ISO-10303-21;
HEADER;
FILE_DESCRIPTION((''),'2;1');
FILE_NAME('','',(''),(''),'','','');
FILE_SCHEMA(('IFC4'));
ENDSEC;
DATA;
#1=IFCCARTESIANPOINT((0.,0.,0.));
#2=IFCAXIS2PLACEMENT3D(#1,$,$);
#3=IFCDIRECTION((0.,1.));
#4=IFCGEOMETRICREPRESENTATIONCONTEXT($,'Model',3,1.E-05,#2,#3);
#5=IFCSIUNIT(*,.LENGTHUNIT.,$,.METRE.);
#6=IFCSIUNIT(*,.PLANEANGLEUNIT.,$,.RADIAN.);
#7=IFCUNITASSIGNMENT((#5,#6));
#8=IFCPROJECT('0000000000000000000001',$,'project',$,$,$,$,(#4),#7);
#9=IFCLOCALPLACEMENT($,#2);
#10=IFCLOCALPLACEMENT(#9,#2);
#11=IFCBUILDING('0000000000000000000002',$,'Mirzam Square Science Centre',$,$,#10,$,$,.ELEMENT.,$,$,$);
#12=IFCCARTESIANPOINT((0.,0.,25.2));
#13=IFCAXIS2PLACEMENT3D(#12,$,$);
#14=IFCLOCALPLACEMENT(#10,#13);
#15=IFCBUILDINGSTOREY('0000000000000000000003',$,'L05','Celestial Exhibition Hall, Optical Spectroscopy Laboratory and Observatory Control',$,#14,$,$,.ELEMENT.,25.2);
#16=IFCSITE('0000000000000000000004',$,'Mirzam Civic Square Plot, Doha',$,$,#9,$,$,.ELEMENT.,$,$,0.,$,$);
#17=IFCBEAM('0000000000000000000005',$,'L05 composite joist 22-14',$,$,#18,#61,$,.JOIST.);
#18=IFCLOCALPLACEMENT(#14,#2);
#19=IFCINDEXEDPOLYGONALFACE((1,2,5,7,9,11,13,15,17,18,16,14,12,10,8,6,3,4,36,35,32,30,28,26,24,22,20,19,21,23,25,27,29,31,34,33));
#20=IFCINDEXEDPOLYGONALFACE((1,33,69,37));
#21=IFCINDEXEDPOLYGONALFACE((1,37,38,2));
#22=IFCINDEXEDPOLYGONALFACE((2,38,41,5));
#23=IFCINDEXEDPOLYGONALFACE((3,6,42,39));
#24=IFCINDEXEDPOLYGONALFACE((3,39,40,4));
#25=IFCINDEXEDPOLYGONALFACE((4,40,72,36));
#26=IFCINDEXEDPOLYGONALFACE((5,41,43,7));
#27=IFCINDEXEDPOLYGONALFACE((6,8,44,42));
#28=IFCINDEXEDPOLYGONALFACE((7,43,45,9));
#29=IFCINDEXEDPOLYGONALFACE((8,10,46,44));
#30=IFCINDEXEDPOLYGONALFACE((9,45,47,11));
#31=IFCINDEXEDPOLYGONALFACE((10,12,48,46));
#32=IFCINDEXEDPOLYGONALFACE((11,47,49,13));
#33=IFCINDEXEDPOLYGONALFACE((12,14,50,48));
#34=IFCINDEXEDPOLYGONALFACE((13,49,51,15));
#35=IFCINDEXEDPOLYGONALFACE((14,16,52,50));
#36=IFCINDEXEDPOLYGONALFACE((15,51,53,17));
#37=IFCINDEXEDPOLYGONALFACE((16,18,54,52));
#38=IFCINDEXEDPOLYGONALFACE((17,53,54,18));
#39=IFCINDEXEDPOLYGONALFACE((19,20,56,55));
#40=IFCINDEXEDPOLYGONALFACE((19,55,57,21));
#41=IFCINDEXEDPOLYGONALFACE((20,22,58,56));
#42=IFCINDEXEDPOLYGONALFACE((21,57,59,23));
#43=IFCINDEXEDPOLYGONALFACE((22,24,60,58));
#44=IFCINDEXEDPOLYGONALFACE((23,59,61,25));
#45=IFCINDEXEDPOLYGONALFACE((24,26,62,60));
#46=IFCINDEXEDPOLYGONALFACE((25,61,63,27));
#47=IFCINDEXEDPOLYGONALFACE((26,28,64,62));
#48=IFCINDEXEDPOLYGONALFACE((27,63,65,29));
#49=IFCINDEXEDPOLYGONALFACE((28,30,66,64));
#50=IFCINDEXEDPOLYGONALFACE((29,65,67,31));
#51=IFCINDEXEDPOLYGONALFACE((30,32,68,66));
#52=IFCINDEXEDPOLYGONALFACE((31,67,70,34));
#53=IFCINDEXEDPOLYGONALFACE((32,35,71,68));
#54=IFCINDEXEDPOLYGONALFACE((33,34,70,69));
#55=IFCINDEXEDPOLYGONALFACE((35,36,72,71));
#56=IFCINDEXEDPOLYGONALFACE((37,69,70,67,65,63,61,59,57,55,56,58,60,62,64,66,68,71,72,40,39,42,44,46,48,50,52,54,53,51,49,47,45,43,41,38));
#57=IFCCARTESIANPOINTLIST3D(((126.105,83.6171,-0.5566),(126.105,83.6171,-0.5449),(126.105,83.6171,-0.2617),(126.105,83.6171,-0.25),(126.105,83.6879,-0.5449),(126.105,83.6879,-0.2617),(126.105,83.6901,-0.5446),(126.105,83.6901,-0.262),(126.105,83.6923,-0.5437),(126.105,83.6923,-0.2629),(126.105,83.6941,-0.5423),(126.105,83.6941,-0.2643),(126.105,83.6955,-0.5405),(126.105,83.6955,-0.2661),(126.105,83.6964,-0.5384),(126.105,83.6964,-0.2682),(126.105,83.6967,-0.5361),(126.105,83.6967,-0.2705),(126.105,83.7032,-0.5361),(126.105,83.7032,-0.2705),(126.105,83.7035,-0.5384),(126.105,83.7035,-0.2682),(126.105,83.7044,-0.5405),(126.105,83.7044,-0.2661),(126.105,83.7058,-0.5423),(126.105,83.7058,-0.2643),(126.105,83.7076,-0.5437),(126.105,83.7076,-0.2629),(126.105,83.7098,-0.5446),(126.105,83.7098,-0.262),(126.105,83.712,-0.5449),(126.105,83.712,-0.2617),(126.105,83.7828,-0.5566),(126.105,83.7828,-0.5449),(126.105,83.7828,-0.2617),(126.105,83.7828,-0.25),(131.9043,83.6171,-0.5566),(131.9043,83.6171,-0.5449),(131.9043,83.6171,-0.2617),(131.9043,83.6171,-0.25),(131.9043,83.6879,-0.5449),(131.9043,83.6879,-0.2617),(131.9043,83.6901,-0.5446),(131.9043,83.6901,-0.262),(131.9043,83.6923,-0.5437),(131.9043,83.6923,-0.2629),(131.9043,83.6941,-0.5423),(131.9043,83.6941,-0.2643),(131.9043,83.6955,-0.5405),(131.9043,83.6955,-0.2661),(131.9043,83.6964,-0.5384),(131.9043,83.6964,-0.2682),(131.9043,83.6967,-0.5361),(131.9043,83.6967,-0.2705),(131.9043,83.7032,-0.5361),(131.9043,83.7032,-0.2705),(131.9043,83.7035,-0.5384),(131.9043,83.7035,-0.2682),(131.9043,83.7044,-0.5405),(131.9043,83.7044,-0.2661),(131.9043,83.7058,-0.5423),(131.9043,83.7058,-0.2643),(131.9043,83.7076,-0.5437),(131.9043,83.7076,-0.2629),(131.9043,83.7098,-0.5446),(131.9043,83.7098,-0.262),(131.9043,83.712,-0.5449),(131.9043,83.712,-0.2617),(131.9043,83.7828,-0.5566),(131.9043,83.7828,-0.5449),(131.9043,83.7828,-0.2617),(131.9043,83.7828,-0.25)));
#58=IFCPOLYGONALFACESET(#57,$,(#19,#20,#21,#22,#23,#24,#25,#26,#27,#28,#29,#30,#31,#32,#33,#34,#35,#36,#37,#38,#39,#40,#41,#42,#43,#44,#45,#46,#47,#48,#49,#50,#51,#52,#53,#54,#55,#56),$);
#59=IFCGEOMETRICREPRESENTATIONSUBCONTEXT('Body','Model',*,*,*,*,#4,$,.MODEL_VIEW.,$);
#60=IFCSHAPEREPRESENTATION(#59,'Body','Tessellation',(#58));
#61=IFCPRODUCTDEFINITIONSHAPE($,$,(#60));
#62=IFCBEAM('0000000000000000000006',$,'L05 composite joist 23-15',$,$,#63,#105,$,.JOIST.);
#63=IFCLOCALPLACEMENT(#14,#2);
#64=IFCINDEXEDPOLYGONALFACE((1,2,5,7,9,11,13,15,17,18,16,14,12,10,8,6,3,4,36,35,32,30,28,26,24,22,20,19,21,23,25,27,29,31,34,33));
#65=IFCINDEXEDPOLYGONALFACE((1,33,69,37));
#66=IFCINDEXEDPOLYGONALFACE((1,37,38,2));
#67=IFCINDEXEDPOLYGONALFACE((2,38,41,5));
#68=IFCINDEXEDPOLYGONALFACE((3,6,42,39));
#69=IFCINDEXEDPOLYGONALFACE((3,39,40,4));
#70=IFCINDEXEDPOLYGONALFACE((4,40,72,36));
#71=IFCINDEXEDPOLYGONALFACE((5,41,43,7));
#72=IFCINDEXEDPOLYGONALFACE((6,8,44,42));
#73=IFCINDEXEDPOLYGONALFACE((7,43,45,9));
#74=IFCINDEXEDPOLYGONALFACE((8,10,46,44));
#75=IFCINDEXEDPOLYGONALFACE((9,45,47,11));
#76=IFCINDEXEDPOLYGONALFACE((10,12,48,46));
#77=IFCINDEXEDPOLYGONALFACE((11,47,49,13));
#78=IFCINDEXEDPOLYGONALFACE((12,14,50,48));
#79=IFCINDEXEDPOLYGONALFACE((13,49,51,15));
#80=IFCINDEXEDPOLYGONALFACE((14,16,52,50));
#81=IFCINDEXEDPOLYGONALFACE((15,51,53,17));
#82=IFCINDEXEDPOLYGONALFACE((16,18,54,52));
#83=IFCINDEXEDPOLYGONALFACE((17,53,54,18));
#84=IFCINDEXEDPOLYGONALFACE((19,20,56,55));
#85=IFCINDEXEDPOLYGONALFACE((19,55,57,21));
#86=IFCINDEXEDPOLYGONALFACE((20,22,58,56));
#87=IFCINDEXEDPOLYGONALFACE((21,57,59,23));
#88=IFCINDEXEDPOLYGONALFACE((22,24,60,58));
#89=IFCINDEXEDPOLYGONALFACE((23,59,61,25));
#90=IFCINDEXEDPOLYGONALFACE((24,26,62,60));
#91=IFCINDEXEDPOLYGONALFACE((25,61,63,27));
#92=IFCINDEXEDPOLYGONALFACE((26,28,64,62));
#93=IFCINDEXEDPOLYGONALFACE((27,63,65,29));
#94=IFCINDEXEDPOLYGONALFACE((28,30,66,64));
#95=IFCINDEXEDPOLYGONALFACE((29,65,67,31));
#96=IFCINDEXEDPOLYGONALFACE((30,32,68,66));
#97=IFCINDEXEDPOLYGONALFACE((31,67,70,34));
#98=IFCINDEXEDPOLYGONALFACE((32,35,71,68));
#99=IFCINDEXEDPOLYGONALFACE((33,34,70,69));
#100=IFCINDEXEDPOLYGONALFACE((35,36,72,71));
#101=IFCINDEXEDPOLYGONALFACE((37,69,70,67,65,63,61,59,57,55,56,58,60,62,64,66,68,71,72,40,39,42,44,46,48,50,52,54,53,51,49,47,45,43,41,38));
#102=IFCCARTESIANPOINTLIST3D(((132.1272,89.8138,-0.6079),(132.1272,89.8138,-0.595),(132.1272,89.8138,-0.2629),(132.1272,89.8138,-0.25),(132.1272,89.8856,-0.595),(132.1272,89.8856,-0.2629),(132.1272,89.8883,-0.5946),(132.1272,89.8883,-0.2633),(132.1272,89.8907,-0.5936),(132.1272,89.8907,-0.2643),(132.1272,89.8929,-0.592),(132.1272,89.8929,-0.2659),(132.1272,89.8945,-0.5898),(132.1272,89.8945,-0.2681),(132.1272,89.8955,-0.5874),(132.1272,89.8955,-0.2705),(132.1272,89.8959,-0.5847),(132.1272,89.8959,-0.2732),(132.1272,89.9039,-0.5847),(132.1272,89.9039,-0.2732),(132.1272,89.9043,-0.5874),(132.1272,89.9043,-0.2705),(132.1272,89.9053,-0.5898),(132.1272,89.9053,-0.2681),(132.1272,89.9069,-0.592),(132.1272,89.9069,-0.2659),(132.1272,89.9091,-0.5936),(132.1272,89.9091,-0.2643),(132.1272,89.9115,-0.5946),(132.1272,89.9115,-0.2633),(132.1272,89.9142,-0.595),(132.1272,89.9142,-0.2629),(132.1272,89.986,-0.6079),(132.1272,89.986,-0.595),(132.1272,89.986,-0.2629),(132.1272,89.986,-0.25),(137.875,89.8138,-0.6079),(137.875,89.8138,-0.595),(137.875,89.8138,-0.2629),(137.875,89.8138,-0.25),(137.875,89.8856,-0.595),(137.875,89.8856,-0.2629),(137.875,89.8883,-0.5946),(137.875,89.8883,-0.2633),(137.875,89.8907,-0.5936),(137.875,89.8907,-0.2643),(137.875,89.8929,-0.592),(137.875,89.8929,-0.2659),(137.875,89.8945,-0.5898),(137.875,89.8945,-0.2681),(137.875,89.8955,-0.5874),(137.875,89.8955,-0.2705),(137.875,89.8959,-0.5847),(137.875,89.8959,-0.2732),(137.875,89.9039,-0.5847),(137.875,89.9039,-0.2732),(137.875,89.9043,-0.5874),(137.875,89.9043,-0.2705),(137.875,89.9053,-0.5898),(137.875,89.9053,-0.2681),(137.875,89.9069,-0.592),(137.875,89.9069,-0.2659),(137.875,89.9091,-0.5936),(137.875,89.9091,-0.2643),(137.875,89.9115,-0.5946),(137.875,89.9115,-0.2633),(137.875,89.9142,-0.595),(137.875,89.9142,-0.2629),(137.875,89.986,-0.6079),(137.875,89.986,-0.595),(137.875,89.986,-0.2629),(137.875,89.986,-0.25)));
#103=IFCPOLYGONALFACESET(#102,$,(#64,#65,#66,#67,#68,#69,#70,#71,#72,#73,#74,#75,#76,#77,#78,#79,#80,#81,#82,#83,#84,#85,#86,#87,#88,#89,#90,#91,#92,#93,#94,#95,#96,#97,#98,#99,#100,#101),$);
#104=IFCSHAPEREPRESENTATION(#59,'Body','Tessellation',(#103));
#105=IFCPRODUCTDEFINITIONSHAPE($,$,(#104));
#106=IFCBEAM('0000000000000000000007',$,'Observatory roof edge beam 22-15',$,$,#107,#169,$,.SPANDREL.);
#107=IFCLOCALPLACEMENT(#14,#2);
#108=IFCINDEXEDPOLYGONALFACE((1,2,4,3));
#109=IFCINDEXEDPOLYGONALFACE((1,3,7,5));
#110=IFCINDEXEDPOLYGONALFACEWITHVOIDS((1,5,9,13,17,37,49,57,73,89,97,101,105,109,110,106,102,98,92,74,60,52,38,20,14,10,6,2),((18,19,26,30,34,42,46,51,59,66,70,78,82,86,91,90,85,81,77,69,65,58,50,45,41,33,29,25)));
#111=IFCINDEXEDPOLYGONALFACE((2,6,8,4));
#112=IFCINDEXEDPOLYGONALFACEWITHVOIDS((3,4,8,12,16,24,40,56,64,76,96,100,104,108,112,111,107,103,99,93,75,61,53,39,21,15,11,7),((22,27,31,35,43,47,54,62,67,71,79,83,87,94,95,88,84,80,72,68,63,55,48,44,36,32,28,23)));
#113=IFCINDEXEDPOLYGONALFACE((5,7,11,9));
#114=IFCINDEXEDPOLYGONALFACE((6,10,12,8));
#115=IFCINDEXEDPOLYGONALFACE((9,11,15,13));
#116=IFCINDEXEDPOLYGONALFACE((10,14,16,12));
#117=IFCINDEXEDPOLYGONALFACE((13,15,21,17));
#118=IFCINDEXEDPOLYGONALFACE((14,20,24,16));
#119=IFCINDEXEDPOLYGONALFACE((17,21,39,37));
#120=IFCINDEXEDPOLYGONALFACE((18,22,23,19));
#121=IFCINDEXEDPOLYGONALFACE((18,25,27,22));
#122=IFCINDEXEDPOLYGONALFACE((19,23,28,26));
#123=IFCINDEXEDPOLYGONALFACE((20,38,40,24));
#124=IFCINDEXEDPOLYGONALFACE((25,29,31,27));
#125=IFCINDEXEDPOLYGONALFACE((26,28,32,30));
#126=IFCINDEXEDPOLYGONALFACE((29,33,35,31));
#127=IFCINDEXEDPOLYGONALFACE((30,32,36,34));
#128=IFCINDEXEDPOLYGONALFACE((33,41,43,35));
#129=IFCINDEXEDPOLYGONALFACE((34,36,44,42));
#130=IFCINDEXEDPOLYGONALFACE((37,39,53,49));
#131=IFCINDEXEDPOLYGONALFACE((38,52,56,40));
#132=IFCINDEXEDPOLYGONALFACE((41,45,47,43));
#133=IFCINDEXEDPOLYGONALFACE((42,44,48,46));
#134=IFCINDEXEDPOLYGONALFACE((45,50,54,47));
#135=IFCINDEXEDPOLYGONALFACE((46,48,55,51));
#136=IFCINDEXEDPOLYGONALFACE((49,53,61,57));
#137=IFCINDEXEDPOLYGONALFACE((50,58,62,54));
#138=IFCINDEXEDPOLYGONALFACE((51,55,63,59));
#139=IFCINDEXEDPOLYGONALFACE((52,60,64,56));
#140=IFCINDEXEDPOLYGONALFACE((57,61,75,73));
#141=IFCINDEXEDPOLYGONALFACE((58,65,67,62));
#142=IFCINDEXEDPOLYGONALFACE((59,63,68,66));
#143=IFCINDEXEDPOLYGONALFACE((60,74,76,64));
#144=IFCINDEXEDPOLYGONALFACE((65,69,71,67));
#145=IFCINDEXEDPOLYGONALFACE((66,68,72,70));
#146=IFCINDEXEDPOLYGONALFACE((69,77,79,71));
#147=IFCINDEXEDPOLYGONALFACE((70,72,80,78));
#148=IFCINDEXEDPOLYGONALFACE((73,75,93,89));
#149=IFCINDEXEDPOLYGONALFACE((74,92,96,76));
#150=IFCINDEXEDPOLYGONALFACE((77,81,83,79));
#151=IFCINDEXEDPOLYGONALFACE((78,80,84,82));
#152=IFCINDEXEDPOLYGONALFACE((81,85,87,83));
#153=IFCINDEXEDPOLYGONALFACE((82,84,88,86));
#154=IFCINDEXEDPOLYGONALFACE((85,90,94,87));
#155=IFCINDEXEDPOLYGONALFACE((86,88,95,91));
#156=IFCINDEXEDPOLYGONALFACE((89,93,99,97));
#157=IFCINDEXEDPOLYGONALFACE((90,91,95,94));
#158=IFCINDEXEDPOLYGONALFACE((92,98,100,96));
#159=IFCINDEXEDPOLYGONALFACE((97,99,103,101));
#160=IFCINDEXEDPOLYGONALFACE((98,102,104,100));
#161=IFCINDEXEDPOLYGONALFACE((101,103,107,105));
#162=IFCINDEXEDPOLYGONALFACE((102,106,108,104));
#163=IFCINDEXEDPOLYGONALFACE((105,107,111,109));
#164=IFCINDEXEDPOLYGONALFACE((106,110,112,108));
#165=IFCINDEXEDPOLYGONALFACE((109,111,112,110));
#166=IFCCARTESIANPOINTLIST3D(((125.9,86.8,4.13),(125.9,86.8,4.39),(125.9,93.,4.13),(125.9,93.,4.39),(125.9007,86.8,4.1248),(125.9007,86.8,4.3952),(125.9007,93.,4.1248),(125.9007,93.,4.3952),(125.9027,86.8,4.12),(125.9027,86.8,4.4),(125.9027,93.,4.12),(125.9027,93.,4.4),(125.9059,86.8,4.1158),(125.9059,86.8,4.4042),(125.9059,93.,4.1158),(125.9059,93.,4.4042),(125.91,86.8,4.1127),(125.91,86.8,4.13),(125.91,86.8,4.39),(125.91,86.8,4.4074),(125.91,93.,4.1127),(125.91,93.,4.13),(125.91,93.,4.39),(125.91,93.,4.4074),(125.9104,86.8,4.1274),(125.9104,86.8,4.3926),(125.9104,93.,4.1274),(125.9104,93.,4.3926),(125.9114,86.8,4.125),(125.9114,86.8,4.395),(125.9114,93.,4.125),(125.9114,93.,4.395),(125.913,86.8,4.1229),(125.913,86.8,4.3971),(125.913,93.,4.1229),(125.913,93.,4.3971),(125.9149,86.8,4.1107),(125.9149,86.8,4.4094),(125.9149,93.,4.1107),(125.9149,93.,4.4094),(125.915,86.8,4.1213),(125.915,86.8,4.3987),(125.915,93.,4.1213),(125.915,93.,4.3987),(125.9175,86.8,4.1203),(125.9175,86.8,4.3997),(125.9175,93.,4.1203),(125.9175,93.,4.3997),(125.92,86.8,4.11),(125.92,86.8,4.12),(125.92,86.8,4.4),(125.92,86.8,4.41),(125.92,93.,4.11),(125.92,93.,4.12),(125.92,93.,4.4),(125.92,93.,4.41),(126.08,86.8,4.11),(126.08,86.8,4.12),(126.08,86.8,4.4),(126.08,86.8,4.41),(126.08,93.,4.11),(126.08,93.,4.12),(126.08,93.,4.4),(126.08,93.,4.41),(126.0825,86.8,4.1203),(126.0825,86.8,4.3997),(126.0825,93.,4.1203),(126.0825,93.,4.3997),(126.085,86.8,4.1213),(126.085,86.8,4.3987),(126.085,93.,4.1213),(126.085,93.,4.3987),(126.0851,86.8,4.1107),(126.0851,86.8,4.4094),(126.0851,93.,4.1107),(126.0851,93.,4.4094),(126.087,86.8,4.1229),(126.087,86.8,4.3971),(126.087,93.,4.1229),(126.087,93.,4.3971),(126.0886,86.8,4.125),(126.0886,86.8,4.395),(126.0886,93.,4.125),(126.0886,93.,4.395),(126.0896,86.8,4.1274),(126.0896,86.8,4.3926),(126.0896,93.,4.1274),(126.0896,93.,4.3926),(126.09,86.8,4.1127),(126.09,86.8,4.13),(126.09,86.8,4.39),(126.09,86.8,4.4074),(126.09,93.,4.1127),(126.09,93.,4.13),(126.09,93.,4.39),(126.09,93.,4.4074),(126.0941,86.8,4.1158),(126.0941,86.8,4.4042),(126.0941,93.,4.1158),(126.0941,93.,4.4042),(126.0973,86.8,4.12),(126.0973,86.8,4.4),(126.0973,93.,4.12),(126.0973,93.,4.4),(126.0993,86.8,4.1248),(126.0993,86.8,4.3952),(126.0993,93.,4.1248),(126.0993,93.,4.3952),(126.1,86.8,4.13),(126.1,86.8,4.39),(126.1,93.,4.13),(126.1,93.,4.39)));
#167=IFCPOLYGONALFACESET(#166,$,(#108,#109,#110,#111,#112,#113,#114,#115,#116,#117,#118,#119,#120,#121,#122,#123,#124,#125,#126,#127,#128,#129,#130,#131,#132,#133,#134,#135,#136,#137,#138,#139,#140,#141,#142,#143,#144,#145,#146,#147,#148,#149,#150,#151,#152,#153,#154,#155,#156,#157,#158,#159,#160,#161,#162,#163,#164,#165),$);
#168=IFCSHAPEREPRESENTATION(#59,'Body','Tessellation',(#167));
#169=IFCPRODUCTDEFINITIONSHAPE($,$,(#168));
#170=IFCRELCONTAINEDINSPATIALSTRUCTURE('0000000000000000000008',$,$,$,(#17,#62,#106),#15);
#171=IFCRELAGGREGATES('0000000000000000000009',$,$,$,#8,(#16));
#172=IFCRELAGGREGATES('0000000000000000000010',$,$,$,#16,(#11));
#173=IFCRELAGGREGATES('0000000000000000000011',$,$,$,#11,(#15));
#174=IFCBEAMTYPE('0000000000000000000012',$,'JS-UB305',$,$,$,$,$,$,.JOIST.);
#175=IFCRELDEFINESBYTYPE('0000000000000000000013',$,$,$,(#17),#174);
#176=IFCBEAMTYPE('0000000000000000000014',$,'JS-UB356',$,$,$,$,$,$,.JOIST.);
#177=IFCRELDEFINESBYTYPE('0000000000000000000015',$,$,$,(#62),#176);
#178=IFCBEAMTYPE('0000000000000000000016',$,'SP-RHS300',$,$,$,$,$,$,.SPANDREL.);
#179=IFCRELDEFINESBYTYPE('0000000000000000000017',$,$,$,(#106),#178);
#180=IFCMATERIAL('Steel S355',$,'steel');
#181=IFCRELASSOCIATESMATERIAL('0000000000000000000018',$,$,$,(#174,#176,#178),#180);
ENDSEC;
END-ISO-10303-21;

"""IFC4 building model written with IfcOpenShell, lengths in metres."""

from ifc_helpers import new_model, si_unit, direction, frame, origin, origin_2d, place, context, subcontext, project, spatial, hollow_rectangle, i_section, extrude, material, material_profile, profile_set, type_object, element, save


model = new_model("IFC4")

# Units and contexts
model_context = context("Model", 3, precision=1e-05, world=origin(), true_north=direction((0.0, 1.0)))
body_context = subcontext(model_context, "Body", "Model", "MODEL_VIEW")
ifc_project = project(units=[si_unit("LENGTHUNIT", "METRE"), si_unit("PLANEANGLEUNIT", "RADIAN")], contexts=[model_context])

# Site, building, storey
site_placement = place(None, origin())
site = spatial("IfcSite", under=ifc_project, at=site_placement, Name="Mirzam Civic Square Plot, Doha", CompositionType="ELEMENT", RefElevation=0.0)
building_placement = place(site_placement, origin())
building = spatial("IfcBuilding", under=site, at=building_placement, Name="Mirzam Square Science Centre", CompositionType="ELEMENT")
storey_placement = place(building_placement, frame((0.0, 0.0, 25.2)))
storey = spatial("IfcBuildingStorey", under=building, at=storey_placement, Name="L05", Description="Celestial Exhibition Hall, Optical Spectroscopy Laboratory and Observatory Control", CompositionType="ELEMENT", Elevation=25.2)

# Shared definitions
ifc_material_1 = material(Name="Steel S355", Category="steel")

# Beams
ifc_material_profile_1 = material_profile(ifc_material_1, i_section(OverallWidth=0.1658, OverallDepth=0.3066, WebThickness=0.0066, FlangeThickness=0.0117, FilletRadius=0.0088, at=origin_2d()), Name="305x165x46UB")
ifc_profile_set_1 = profile_set([ifc_material_profile_1], Name="Steel S355")
beam_type_1 = type_object("IfcBeamType", Name="JS-UB305", PredefinedType="JOIST", material=ifc_profile_set_1)
beam_1_placement = place(storey_placement, frame((126.105, 83.7, -0.4033), z_axis=(1.0, 0.0, 0.0), x_axis=(0.0, 1.0, 0.0)))
element("IfcBeam", 1, at=beam_1_placement, inside=storey, type_object=beam_type_1, Name="L05 composite joist 22-14", PredefinedType="JOIST", context=body_context, shape_type="SweptSolid", body=[
    extrude(i_section(OverallWidth=0.1658, OverallDepth=0.3066, WebThickness=0.0066, FlangeThickness=0.0117, FilletRadius=0.0088, at=origin_2d()), origin(), (0.0, 0.0, 1.0), 5.7993),
])
ifc_material_profile_2 = material_profile(ifc_material_1, i_section(OverallWidth=0.1721, OverallDepth=0.3579, WebThickness=0.0081, FlangeThickness=0.0129, FilletRadius=0.0103, at=origin_2d()), Name="356x171x57UB")
ifc_profile_set_2 = profile_set([ifc_material_profile_2], Name="Steel S355")
beam_type_2 = type_object("IfcBeamType", Name="JS-UB356", PredefinedType="JOIST", material=ifc_profile_set_2)
beam_2_placement = place(storey_placement, frame((132.1272, 89.8999, -0.429), z_axis=(1.0, 0.0, 0.0), x_axis=(0.0, 1.0, 0.0)))
element("IfcBeam", 2, at=beam_2_placement, inside=storey, type_object=beam_type_2, Name="L05 composite joist 23-15", PredefinedType="JOIST", context=body_context, shape_type="SweptSolid", body=[
    extrude(i_section(OverallWidth=0.1721, OverallDepth=0.3579, WebThickness=0.0081, FlangeThickness=0.0129, FilletRadius=0.0103, at=origin_2d()), origin(), (0.0, 0.0, 1.0), 5.7478),
])
ifc_material_profile_3 = material_profile(ifc_material_1, hollow_rectangle(XDim=0.2, YDim=0.3, WallThickness=0.01, InnerFilletRadius=0.01, OuterFilletRadius=0.02, at=origin_2d()), Name="300x200x10.0RHS")
ifc_profile_set_3 = profile_set([ifc_material_profile_3], Name="Steel S355")
beam_type_3 = type_object("IfcBeamType", Name="SP-RHS300", PredefinedType="SPANDREL", material=ifc_profile_set_3)
for number, where, z_axis, x_axis, name in (
    (3, (126.0, 86.8, 4.26), (0.0, 1.0, 0.0), (-1.0, 0.0, 0.0), "Observatory roof edge beam 22-15"),
):
    element("IfcBeam", number, at=place(storey_placement, frame(where, z_axis=z_axis, x_axis=x_axis)), inside=storey, type_object=beam_type_3, Name=name, PredefinedType="SPANDREL", context=body_context, shape_type="SweptSolid", body=[
        extrude(hollow_rectangle(XDim=0.2, YDim=0.3, WallThickness=0.01, InnerFilletRadius=0.01, OuterFilletRadius=0.02, at=origin_2d()), origin(), (0.0, 0.0, 1.0), 6.2),
    ])

save(model, "model.ifc")
